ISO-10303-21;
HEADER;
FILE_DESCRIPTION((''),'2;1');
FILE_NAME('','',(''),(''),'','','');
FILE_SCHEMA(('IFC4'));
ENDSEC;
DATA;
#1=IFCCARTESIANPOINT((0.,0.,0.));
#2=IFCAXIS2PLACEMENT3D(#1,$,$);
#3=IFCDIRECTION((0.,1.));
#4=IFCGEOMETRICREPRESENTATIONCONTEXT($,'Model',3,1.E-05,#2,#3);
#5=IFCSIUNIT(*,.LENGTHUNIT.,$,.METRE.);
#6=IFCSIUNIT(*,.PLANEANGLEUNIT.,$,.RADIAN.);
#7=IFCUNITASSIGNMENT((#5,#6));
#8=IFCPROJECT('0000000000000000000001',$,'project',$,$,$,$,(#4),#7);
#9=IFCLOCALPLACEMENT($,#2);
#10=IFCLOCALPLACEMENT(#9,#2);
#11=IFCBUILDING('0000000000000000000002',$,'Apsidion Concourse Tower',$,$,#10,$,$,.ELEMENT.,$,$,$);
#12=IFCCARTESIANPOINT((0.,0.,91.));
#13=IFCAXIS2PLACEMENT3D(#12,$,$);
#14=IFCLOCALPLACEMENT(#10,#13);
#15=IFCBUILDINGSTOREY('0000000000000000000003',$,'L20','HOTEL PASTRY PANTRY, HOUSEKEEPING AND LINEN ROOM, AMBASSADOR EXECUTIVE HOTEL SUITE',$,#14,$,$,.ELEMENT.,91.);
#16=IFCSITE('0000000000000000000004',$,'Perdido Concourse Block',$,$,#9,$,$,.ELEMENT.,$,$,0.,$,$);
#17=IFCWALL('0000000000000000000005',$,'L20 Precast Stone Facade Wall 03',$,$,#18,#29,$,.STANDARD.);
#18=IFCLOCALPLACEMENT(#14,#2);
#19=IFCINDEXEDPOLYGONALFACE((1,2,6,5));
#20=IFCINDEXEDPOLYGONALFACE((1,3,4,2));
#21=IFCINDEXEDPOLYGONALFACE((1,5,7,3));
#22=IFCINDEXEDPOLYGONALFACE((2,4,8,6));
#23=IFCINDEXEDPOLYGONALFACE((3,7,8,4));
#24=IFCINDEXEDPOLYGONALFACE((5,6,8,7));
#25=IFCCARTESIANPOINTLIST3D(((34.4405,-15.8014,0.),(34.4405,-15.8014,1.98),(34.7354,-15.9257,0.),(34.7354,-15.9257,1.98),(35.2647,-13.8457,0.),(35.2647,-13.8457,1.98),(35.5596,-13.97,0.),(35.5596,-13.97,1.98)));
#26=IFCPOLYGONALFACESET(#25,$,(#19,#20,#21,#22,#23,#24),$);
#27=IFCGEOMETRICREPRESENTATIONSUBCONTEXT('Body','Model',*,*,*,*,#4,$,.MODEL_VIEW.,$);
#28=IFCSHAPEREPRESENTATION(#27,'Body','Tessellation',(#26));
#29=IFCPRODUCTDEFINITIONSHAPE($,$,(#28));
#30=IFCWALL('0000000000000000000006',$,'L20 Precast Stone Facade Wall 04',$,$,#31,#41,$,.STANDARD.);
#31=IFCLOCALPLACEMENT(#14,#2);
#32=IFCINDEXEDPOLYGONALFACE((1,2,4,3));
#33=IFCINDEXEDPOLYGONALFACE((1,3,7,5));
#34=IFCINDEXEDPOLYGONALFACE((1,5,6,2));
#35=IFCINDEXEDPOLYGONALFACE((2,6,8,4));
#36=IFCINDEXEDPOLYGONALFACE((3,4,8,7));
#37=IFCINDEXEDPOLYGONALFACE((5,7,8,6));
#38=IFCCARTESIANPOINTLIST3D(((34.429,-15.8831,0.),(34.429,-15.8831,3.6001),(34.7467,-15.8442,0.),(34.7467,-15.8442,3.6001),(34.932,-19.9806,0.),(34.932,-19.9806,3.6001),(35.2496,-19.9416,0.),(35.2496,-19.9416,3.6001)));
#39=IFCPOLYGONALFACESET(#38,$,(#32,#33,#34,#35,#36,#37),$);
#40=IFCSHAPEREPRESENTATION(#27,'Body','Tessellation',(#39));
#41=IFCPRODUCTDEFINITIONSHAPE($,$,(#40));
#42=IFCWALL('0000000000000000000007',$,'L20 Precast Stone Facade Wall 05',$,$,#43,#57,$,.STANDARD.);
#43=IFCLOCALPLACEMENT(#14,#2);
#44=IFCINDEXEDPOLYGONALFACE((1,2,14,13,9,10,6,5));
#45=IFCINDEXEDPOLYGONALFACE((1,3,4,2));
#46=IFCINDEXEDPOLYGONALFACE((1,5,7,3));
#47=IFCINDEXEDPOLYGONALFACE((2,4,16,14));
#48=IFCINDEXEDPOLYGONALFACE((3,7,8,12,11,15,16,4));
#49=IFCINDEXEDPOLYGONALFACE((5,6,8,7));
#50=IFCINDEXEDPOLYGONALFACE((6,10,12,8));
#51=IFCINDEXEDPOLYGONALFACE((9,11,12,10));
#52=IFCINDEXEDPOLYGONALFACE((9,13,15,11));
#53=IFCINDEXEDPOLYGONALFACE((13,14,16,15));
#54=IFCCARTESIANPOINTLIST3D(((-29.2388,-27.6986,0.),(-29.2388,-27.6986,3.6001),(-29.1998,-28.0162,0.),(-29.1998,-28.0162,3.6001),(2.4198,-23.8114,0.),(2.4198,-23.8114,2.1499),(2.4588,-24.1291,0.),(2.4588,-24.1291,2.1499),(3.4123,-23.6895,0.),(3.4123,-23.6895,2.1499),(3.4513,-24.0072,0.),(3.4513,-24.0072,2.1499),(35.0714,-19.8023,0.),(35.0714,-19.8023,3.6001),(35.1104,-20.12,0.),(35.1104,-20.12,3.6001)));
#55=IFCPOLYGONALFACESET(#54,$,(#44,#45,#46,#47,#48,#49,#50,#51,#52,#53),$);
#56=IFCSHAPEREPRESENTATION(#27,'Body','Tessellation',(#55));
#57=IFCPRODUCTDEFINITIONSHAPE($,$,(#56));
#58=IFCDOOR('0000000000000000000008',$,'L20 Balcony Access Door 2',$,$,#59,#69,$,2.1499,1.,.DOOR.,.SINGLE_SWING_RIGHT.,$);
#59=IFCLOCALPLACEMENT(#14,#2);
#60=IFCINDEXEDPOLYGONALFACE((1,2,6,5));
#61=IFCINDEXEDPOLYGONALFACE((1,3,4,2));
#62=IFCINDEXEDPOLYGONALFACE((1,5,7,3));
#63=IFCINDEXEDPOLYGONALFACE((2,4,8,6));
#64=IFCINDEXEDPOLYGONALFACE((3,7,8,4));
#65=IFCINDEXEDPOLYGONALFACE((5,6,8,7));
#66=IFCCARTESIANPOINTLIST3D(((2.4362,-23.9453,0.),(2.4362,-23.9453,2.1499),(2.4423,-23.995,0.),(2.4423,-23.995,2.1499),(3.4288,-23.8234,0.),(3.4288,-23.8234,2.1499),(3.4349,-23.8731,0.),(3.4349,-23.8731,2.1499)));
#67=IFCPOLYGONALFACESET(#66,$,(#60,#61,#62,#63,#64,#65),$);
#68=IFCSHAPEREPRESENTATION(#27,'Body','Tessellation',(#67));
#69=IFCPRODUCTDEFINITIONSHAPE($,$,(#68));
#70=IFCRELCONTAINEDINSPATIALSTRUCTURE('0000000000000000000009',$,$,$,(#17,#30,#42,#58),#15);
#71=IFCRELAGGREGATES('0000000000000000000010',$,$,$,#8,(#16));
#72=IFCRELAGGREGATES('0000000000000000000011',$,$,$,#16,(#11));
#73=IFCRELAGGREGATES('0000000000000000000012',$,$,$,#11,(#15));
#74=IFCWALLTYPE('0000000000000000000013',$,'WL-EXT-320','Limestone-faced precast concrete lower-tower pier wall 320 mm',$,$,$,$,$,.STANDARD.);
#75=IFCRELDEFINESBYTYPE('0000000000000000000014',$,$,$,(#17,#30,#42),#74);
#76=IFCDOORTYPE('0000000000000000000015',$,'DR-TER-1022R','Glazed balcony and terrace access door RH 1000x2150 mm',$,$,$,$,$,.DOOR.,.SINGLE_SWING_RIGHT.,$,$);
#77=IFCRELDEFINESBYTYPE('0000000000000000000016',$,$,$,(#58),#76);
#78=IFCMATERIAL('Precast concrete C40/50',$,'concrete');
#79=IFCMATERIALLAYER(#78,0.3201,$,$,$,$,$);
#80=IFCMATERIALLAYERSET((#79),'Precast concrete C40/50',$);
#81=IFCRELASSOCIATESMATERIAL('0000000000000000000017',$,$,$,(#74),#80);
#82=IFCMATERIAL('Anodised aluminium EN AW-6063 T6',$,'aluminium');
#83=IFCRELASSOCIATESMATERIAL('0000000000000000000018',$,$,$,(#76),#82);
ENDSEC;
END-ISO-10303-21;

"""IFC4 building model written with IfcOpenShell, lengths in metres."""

from ifc_helpers import new_model, si_unit, direction, frame, frame_2d, origin, place, context, subcontext, project, spatial, rectangle, extrude, material, layer, layer_set, type_object, element, fill, save


model = new_model("IFC4")

# Units and contexts
model_context = context("Model", 3, precision=1e-05, world=origin(), true_north=direction((0.0, 1.0)))
body_context = subcontext(model_context, "Body", "Model", "MODEL_VIEW")
ifc_project = project(units=[si_unit("LENGTHUNIT", "METRE"), si_unit("PLANEANGLEUNIT", "RADIAN")], contexts=[model_context])

# Site, building, storey
site_placement = place(None, origin())
site = spatial("IfcSite", under=ifc_project, at=site_placement, Name="Perdido Concourse Block", CompositionType="ELEMENT", RefElevation=0.0)
building_placement = place(site_placement, origin())
building = spatial("IfcBuilding", under=site, at=building_placement, Name="Apsidion Concourse Tower", CompositionType="ELEMENT")
storey_placement = place(building_placement, frame((0.0, 0.0, 91.0)))
storey = spatial("IfcBuildingStorey", under=building, at=storey_placement, Name="L20", Description="HOTEL PASTRY PANTRY, HOUSEKEEPING AND LINEN ROOM, AMBASSADOR EXECUTIVE HOTEL SUITE", CompositionType="ELEMENT", Elevation=91.0)

# Walls
ifc_material_1 = material(Name="Precast concrete C40/50", Category="concrete")
ifc_layer_1 = layer(ifc_material_1, 0.3201)
ifc_layer_set_1 = layer_set([ifc_layer_1], Name="Precast concrete C40/50")
wall_type = type_object("IfcWallType", Name="WL-EXT-320", Description="Limestone-faced precast concrete lower-tower pier wall 320 mm", PredefinedType="STANDARD", material=ifc_layer_set_1)
wall_1_placement = place(storey_placement, frame((35.4121, -13.908, 0.0), z_axis=(0.0, 0.0, 1.0), x_axis=(-0.388345, -0.921514, 0.0)))
element("IfcWall", 1, at=wall_1_placement, inside=storey, type_object=wall_type, Name="L20 Precast Stone Facade Wall 03", PredefinedType="STANDARD", context=body_context, shape_type="SweptSolid", body=[
    extrude(rectangle(XDim=2.1223, YDim=0.3201, at=frame_2d((1.061, 0.0))), origin(), (0.0, 0.0, 1.0), 1.98),
])
wall_2_placement = place(storey_placement, frame((34.5879, -15.8638, 0.0), z_axis=(0.0, 0.0, 1.0), x_axis=(0.121829, -0.992551, 0.0)))
element("IfcWall", 2, at=wall_2_placement, inside=storey, type_object=wall_type, Name="L20 Precast Stone Facade Wall 04", PredefinedType="STANDARD", context=body_context, shape_type="SweptSolid", body=[
    extrude(rectangle(XDim=4.1282, YDim=0.3201, at=frame_2d((2.064, 0.0))), origin(), (0.0, 0.0, 1.0), 3.6001),
])

# Wall, opening, door
wall_3_placement = place(storey_placement, frame((35.0908, -19.9612, 0.0), z_axis=(0.0, 0.0, 1.0), x_axis=(-0.992546, -0.121868, 0.0)))
wall_3 = element("IfcWall", 3, at=wall_3_placement, inside=storey, type_object=wall_type, Name="L20 Precast Stone Facade Wall 05", PredefinedType="STANDARD", context=body_context, shape_type="SweptSolid", body=[
    extrude(rectangle(XDim=64.7932, YDim=0.3201, at=frame_2d((32.3965, 0.0))), origin(), (0.0, 0.0, 1.0), 3.6001),
])
opening_placement = place(wall_3_placement, frame((31.8967, 0.0, 0.0)))
opening = element("IfcOpeningElement", 4, at=opening_placement, cuts=wall_3, PredefinedType="OPENING", context=body_context, shape_type="SweptSolid", body=[
    extrude(rectangle(XDim=1.0, YDim=2.1499, at=frame_2d((0.5, 1.075))), frame((0.0, 0.1699, 0.0), z_axis=(0.0, -1.0, 0.0), x_axis=(1.0, 0.0, 0.0)), (0.0, 0.0, 1.0), 0.3401),
])
ifc_material_2 = material(Name="Anodised aluminium EN AW-6063 T6", Category="aluminium")
door_type = type_object("IfcDoorType", Name="DR-TER-1022R", Description="Glazed balcony and terrace access door RH 1000x2150 mm", OperationType="SINGLE_SWING_RIGHT", PredefinedType="DOOR", material=ifc_material_2)
door_placement = place(opening_placement, origin())
door = element("IfcDoor", 5, at=door_placement, inside=storey, type_object=door_type, Name="L20 Balcony Access Door 2", OperationType="SINGLE_SWING_RIGHT", OverallHeight=2.1499, OverallWidth=1.0, PredefinedType="DOOR", context=body_context, shape_type="SweptSolid", body=[
    extrude(rectangle(XDim=1.0, YDim=2.1499, at=frame_2d((0.5, 1.075))), frame((0.0, 0.0249, 0.0), z_axis=(0.0, -1.0, 0.0), x_axis=(1.0, 0.0, 0.0)), (0.0, 0.0, 1.0), 0.05),
])
fill(opening, door)

save(model, "model.ifc")
